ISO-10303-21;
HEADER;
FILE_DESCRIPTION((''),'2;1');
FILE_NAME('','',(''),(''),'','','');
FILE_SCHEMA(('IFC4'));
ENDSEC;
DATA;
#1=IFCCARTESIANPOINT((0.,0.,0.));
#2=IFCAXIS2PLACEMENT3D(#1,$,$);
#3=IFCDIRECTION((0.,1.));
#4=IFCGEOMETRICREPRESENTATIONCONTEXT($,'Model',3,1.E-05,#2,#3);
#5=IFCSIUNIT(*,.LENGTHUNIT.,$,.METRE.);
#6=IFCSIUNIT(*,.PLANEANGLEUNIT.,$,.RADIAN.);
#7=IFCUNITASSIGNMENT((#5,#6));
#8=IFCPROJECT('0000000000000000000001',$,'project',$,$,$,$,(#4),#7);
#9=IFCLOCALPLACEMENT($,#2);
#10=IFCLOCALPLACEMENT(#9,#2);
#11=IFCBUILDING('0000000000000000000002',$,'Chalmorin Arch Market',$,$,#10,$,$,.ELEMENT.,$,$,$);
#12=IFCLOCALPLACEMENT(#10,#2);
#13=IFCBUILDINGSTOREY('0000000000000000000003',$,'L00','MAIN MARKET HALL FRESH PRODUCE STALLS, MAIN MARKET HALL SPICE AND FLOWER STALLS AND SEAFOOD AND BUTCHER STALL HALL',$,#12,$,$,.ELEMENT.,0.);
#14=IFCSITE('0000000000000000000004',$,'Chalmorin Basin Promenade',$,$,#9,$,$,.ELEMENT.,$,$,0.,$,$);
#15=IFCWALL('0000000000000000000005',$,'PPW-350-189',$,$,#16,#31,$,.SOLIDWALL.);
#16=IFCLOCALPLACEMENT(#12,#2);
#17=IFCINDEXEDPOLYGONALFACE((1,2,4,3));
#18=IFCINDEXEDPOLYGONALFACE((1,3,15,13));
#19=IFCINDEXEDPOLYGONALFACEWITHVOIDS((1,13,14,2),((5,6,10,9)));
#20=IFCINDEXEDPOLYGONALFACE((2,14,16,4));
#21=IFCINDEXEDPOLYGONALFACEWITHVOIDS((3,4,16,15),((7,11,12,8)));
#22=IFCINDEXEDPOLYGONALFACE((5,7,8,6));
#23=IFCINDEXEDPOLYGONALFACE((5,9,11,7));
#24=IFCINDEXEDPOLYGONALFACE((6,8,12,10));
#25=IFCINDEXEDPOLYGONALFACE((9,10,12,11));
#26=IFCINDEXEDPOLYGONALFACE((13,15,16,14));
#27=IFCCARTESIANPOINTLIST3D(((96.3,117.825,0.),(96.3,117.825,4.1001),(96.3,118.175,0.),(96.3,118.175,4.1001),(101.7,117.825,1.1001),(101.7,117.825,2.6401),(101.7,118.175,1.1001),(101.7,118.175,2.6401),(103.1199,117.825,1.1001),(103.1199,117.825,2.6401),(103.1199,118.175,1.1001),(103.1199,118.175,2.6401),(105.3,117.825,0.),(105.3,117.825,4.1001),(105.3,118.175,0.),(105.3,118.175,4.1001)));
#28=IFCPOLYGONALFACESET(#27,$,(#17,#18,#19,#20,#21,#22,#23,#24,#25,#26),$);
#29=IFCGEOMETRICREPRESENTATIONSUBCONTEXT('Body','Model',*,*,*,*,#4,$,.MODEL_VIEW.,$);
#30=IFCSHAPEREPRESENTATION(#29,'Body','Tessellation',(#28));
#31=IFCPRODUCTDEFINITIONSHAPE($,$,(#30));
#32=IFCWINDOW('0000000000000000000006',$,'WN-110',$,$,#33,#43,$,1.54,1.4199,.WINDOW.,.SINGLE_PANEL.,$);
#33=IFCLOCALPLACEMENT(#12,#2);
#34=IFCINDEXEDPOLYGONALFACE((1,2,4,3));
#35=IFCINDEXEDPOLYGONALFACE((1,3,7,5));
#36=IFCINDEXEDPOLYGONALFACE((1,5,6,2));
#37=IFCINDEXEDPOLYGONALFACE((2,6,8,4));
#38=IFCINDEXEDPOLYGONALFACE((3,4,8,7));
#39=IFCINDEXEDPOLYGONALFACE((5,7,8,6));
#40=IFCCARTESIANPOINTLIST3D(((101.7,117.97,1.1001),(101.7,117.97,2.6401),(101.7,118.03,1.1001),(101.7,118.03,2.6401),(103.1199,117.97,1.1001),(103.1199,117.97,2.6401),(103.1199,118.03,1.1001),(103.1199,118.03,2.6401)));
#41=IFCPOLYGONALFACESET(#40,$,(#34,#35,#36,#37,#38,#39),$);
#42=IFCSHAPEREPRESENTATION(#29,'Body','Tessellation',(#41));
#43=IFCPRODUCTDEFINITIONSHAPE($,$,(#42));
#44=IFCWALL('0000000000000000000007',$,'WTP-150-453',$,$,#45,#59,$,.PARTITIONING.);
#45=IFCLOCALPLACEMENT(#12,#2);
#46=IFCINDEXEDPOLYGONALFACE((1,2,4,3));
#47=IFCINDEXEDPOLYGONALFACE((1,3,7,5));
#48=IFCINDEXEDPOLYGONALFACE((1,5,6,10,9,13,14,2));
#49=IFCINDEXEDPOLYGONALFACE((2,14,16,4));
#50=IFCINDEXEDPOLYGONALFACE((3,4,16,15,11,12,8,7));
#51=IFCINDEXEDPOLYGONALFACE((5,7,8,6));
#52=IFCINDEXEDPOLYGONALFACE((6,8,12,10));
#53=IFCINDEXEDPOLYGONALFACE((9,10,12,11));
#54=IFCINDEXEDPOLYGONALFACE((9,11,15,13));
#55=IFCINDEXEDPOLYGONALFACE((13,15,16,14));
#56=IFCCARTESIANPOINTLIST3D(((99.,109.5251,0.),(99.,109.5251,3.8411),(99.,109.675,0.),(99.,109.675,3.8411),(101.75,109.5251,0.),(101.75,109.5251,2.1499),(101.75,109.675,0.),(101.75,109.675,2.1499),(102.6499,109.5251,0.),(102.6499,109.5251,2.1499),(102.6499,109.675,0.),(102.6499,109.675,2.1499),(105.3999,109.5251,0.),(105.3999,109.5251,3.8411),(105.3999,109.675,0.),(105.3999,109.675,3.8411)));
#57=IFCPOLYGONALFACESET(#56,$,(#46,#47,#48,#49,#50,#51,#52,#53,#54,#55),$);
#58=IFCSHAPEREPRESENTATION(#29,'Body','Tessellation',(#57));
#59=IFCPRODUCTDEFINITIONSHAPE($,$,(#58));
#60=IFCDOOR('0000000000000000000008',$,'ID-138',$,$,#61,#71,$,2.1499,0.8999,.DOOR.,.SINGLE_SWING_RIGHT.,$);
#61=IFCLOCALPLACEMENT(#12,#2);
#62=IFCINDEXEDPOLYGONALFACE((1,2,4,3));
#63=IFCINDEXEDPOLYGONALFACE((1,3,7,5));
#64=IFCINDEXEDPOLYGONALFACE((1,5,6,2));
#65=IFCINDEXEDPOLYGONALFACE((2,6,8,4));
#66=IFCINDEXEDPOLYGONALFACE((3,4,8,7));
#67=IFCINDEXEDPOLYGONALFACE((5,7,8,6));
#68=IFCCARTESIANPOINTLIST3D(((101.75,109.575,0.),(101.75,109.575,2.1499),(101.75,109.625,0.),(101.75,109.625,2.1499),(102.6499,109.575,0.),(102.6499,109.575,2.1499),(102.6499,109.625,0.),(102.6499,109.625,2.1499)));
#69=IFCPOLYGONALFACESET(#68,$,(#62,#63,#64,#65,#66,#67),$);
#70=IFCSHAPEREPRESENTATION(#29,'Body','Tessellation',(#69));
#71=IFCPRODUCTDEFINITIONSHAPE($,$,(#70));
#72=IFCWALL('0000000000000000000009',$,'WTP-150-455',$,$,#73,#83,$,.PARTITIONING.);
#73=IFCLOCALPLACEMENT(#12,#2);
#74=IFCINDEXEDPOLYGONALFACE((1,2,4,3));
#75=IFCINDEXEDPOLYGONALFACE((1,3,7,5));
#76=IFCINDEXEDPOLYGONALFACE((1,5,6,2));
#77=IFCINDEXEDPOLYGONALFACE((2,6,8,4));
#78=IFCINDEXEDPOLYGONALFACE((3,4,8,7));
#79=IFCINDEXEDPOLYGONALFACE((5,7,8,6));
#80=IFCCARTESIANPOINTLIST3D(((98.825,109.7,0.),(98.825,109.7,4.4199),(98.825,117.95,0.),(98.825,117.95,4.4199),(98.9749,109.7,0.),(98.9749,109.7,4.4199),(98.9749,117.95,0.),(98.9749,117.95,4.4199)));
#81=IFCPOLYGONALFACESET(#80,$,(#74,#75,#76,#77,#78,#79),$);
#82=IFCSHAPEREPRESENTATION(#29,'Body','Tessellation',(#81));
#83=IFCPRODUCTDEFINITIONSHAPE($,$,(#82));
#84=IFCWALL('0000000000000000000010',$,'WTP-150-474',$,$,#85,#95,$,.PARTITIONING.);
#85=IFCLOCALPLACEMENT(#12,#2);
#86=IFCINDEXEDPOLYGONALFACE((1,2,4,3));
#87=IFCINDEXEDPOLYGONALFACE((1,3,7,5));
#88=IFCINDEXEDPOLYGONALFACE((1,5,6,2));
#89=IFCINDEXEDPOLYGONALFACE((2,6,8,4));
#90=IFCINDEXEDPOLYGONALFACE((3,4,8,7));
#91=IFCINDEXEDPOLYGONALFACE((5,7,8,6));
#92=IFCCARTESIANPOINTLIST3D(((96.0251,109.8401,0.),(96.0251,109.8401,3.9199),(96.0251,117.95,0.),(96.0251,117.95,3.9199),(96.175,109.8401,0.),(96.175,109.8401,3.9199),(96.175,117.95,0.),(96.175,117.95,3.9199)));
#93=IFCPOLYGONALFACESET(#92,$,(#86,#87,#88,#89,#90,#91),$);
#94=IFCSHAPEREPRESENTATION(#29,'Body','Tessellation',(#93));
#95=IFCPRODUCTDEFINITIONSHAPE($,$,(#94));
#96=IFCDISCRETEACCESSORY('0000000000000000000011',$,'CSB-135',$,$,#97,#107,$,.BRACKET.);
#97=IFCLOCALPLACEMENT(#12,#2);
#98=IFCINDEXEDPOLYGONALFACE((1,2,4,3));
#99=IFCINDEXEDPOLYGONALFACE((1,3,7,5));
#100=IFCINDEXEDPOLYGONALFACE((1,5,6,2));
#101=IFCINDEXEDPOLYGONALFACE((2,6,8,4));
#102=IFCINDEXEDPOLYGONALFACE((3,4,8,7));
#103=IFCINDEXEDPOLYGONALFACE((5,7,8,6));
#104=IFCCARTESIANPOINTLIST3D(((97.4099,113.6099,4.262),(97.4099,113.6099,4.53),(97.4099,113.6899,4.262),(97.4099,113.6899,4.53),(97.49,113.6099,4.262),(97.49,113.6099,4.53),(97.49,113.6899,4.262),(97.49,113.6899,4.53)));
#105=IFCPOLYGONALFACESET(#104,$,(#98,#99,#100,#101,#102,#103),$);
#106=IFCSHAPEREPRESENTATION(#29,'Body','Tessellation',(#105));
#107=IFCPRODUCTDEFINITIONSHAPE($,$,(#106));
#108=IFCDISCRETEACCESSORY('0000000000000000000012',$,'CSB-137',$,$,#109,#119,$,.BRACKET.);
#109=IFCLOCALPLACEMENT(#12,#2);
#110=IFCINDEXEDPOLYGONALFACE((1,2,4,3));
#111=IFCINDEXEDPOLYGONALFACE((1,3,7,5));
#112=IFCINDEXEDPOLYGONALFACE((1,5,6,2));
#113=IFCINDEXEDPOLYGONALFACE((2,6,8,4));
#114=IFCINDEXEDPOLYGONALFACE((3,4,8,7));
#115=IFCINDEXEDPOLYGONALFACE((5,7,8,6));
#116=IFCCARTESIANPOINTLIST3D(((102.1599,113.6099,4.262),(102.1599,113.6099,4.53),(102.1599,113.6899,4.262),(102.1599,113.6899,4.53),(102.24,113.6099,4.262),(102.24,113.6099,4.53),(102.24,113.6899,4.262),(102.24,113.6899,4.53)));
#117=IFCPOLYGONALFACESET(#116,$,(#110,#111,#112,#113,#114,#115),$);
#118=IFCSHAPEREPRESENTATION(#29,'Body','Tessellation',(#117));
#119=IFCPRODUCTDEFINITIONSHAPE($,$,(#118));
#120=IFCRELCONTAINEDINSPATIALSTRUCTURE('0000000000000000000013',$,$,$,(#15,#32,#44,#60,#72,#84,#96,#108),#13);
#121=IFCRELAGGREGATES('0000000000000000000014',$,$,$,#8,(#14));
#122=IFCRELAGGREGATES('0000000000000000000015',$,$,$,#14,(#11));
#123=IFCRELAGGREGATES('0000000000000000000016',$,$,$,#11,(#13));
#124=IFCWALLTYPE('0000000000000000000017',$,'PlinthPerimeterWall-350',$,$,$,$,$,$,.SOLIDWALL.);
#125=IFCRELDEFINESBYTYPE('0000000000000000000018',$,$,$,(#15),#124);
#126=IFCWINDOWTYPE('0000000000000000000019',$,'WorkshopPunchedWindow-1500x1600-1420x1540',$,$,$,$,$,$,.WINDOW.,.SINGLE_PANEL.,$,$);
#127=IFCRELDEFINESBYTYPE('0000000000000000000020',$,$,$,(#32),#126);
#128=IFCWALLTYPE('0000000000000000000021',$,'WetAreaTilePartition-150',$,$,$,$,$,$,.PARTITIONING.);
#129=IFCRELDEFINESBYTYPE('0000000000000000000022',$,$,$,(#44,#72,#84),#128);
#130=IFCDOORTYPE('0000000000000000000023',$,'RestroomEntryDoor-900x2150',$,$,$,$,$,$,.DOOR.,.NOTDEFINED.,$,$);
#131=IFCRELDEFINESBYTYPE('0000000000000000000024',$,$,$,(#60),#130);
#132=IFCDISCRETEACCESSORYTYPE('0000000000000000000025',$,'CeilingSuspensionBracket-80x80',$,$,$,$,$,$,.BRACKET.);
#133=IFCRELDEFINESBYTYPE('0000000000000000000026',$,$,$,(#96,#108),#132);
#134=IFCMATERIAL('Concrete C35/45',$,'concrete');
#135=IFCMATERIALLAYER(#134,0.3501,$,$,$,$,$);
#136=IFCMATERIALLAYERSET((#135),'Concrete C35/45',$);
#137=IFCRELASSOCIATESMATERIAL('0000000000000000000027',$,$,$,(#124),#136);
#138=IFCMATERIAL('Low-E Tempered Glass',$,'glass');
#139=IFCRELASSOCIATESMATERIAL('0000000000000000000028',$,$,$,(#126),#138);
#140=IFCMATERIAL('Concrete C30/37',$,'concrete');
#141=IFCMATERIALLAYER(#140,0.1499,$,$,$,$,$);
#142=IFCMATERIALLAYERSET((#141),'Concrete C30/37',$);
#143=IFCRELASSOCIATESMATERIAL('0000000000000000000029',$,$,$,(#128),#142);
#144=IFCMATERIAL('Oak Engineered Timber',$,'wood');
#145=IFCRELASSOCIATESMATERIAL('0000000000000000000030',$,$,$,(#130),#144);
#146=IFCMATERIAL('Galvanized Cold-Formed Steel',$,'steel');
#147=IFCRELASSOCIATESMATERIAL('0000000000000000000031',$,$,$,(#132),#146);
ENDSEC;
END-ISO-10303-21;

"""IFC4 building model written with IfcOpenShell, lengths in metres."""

from ifc_helpers import new_model, si_unit, direction, frame, frame_2d, origin, origin_2d, place, context, subcontext, project, spatial, rectangle, extrude, material, layer, layer_set, type_object, element, fill, save


model = new_model("IFC4")

# Units and contexts
model_context = context("Model", 3, precision=1e-05, world=origin(), true_north=direction((0.0, 1.0)))
body_context = subcontext(model_context, "Body", "Model", "MODEL_VIEW")
ifc_project = project(units=[si_unit("LENGTHUNIT", "METRE"), si_unit("PLANEANGLEUNIT", "RADIAN")], contexts=[model_context])

# Site, building, storey
site_placement = place(None, origin())
site = spatial("IfcSite", under=ifc_project, at=site_placement, Name="Chalmorin Basin Promenade", CompositionType="ELEMENT", RefElevation=0.0)
building_placement = place(site_placement, origin())
building = spatial("IfcBuilding", under=site, at=building_placement, Name="Chalmorin Arch Market", CompositionType="ELEMENT")
storey_placement = place(building_placement, origin())
storey = spatial("IfcBuildingStorey", under=building, at=storey_placement, Name="L00", Description="MAIN MARKET HALL FRESH PRODUCE STALLS, MAIN MARKET HALL SPICE AND FLOWER STALLS AND SEAFOOD AND BUTCHER STALL HALL", CompositionType="ELEMENT", Elevation=0.0)

# Wall, opening, window
ifc_material_1 = material(Name="Concrete C35/45", Category="concrete")
ifc_layer_1 = layer(ifc_material_1, 0.3501)
ifc_layer_set_1 = layer_set([ifc_layer_1], Name="Concrete C35/45")
wall_type_1 = type_object("IfcWallType", Name="PlinthPerimeterWall-350", PredefinedType="SOLIDWALL", material=ifc_layer_set_1)
wall_1_placement = place(storey_placement, frame((96.3, 118.0, 0.0), z_axis=(0.0, 0.0, 1.0), x_axis=(1.0, 0.0, 0.0)))
wall_1 = element("IfcWall", 1, at=wall_1_placement, inside=storey, type_object=wall_type_1, Name="PPW-350-189", PredefinedType="SOLIDWALL", context=body_context, shape_type="SweptSolid", body=[
    extrude(rectangle(XDim=9.0, YDim=0.3501, at=frame_2d((4.5, 0.0))), origin(), (0.0, 0.0, 1.0), 4.1001),
])
opening_1_placement = place(wall_1_placement, frame((5.3999, 0.0, 1.1001)))
opening_1 = element("IfcOpeningElement", 2, at=opening_1_placement, cuts=wall_1, PredefinedType="OPENING", context=body_context, shape_type="SweptSolid", body=[
    extrude(rectangle(XDim=1.4199, YDim=1.54, at=frame_2d((0.71, 0.77))), frame((0.0, 0.1851, 0.0), z_axis=(0.0, -1.0, 0.0), x_axis=(1.0, 0.0, 0.0)), (0.0, 0.0, 1.0), 0.3701),
])
ifc_material_2 = material(Name="Low-E Tempered Glass", Category="glass")
window_type = type_object("IfcWindowType", Name="WorkshopPunchedWindow-1500x1600-1420x1540", PartitioningType="SINGLE_PANEL", PredefinedType="WINDOW", material=ifc_material_2)
window_placement = place(opening_1_placement, origin())
window = element("IfcWindow", 3, at=window_placement, inside=storey, type_object=window_type, Name="WN-110", OverallHeight=1.54, OverallWidth=1.4199, PartitioningType="SINGLE_PANEL", PredefinedType="WINDOW", context=body_context, shape_type="SweptSolid", body=[
    extrude(rectangle(XDim=1.4199, YDim=1.54, at=frame_2d((0.71, 0.77))), frame((0.0, 0.03, 0.0), z_axis=(0.0, -1.0, 0.0), x_axis=(1.0, 0.0, 0.0)), (0.0, 0.0, 1.0), 0.0601),
])
fill(opening_1, window)

# Wall, opening, door
ifc_material_3 = material(Name="Concrete C30/37", Category="concrete")
ifc_layer_2 = layer(ifc_material_3, 0.1499)
ifc_layer_set_2 = layer_set([ifc_layer_2], Name="Concrete C30/37")
wall_type_2 = type_object("IfcWallType", Name="WetAreaTilePartition-150", PredefinedType="PARTITIONING", material=ifc_layer_set_2)
wall_2_placement = place(storey_placement, frame((99.0, 109.6001, 0.0), z_axis=(0.0, 0.0, 1.0), x_axis=(1.0, 0.0, 0.0)))
wall_2 = element("IfcWall", 4, at=wall_2_placement, inside=storey, type_object=wall_type_2, Name="WTP-150-453", PredefinedType="PARTITIONING", context=body_context, shape_type="SweptSolid", body=[
    extrude(rectangle(XDim=6.3999, YDim=0.1499, at=frame_2d((3.2, 0.0))), origin(), (0.0, 0.0, 1.0), 3.8411),
])
opening_2_placement = place(wall_2_placement, frame((2.75, 0.0, 0.0)))
opening_2 = element("IfcOpeningElement", 5, at=opening_2_placement, cuts=wall_2, PredefinedType="OPENING", context=body_context, shape_type="SweptSolid", body=[
    extrude(rectangle(XDim=0.8999, YDim=2.1499, at=frame_2d((0.45, 1.075))), frame((0.0, 0.085, 0.0), z_axis=(0.0, -1.0, 0.0), x_axis=(1.0, 0.0, 0.0)), (0.0, 0.0, 1.0), 0.1699),
])
ifc_material_4 = material(Name="Oak Engineered Timber", Category="wood")
door_type = type_object("IfcDoorType", Name="RestroomEntryDoor-900x2150", OperationType="NOTDEFINED", PredefinedType="DOOR", material=ifc_material_4)
door_placement = place(opening_2_placement, origin())
door = element("IfcDoor", 6, at=door_placement, inside=storey, type_object=door_type, Name="ID-138", OperationType="SINGLE_SWING_RIGHT", OverallHeight=2.1499, OverallWidth=0.8999, PredefinedType="DOOR", context=body_context, shape_type="SweptSolid", body=[
    extrude(rectangle(XDim=0.8999, YDim=2.1499, at=frame_2d((0.45, 1.075))), frame((0.0, 0.0249, 0.0), z_axis=(0.0, -1.0, 0.0), x_axis=(1.0, 0.0, 0.0)), (0.0, 0.0, 1.0), 0.05),
])
fill(opening_2, door)

# Walls
wall_3_placement = place(storey_placement, frame((98.8999, 109.7, 0.0), z_axis=(0.0, 0.0, 1.0), x_axis=(0.0, 1.0, 0.0)))
element("IfcWall", 7, at=wall_3_placement, inside=storey, type_object=wall_type_2, Name="WTP-150-455", PredefinedType="PARTITIONING", context=body_context, shape_type="SweptSolid", body=[
    extrude(rectangle(XDim=8.25, YDim=0.1499, at=frame_2d((4.125, 0.0))), origin(), (0.0, 0.0, 1.0), 4.4199),
])
wall_4_placement = place(storey_placement, frame((96.1001, 109.8401, 0.0), z_axis=(0.0, 0.0, 1.0), x_axis=(0.0, 1.0, 0.0)))
element("IfcWall", 8, at=wall_4_placement, inside=storey, type_object=wall_type_2, Name="WTP-150-474", PredefinedType="PARTITIONING", context=body_context, shape_type="SweptSolid", body=[
    extrude(rectangle(XDim=8.1099, YDim=0.1499, at=frame_2d((4.0549, 0.0))), origin(), (0.0, 0.0, 1.0), 3.9199),
])

# Discrete accessories
ifc_material_5 = material(Name="Galvanized Cold-Formed Steel", Category="steel")
discrete_accessory_type = type_object("IfcDiscreteAccessoryType", Name="CeilingSuspensionBracket-80x80", PredefinedType="BRACKET", material=ifc_material_5)
for number, where, z_axis, x_axis, name in (
    (9, (97.45, 113.6499, 4.262), (0.0, 0.0, 1.0), (1.0, 0.0, 0.0), "CSB-135"),
    (10, (102.2, 113.6499, 4.262), (0.0, 0.0, 1.0), (1.0, 0.0, 0.0), "CSB-137"),
):
    element("IfcDiscreteAccessory", number, at=place(storey_placement, frame(where, z_axis=z_axis, x_axis=x_axis)), inside=storey, type_object=discrete_accessory_type, Name=name, PredefinedType="BRACKET", context=body_context, shape_type="SweptSolid", body=[
        extrude(rectangle(XDim=0.0801, YDim=0.0801, at=origin_2d()), origin(), (0.0, 0.0, 1.0), 0.2681),
    ])

save(model, "model.ifc")
